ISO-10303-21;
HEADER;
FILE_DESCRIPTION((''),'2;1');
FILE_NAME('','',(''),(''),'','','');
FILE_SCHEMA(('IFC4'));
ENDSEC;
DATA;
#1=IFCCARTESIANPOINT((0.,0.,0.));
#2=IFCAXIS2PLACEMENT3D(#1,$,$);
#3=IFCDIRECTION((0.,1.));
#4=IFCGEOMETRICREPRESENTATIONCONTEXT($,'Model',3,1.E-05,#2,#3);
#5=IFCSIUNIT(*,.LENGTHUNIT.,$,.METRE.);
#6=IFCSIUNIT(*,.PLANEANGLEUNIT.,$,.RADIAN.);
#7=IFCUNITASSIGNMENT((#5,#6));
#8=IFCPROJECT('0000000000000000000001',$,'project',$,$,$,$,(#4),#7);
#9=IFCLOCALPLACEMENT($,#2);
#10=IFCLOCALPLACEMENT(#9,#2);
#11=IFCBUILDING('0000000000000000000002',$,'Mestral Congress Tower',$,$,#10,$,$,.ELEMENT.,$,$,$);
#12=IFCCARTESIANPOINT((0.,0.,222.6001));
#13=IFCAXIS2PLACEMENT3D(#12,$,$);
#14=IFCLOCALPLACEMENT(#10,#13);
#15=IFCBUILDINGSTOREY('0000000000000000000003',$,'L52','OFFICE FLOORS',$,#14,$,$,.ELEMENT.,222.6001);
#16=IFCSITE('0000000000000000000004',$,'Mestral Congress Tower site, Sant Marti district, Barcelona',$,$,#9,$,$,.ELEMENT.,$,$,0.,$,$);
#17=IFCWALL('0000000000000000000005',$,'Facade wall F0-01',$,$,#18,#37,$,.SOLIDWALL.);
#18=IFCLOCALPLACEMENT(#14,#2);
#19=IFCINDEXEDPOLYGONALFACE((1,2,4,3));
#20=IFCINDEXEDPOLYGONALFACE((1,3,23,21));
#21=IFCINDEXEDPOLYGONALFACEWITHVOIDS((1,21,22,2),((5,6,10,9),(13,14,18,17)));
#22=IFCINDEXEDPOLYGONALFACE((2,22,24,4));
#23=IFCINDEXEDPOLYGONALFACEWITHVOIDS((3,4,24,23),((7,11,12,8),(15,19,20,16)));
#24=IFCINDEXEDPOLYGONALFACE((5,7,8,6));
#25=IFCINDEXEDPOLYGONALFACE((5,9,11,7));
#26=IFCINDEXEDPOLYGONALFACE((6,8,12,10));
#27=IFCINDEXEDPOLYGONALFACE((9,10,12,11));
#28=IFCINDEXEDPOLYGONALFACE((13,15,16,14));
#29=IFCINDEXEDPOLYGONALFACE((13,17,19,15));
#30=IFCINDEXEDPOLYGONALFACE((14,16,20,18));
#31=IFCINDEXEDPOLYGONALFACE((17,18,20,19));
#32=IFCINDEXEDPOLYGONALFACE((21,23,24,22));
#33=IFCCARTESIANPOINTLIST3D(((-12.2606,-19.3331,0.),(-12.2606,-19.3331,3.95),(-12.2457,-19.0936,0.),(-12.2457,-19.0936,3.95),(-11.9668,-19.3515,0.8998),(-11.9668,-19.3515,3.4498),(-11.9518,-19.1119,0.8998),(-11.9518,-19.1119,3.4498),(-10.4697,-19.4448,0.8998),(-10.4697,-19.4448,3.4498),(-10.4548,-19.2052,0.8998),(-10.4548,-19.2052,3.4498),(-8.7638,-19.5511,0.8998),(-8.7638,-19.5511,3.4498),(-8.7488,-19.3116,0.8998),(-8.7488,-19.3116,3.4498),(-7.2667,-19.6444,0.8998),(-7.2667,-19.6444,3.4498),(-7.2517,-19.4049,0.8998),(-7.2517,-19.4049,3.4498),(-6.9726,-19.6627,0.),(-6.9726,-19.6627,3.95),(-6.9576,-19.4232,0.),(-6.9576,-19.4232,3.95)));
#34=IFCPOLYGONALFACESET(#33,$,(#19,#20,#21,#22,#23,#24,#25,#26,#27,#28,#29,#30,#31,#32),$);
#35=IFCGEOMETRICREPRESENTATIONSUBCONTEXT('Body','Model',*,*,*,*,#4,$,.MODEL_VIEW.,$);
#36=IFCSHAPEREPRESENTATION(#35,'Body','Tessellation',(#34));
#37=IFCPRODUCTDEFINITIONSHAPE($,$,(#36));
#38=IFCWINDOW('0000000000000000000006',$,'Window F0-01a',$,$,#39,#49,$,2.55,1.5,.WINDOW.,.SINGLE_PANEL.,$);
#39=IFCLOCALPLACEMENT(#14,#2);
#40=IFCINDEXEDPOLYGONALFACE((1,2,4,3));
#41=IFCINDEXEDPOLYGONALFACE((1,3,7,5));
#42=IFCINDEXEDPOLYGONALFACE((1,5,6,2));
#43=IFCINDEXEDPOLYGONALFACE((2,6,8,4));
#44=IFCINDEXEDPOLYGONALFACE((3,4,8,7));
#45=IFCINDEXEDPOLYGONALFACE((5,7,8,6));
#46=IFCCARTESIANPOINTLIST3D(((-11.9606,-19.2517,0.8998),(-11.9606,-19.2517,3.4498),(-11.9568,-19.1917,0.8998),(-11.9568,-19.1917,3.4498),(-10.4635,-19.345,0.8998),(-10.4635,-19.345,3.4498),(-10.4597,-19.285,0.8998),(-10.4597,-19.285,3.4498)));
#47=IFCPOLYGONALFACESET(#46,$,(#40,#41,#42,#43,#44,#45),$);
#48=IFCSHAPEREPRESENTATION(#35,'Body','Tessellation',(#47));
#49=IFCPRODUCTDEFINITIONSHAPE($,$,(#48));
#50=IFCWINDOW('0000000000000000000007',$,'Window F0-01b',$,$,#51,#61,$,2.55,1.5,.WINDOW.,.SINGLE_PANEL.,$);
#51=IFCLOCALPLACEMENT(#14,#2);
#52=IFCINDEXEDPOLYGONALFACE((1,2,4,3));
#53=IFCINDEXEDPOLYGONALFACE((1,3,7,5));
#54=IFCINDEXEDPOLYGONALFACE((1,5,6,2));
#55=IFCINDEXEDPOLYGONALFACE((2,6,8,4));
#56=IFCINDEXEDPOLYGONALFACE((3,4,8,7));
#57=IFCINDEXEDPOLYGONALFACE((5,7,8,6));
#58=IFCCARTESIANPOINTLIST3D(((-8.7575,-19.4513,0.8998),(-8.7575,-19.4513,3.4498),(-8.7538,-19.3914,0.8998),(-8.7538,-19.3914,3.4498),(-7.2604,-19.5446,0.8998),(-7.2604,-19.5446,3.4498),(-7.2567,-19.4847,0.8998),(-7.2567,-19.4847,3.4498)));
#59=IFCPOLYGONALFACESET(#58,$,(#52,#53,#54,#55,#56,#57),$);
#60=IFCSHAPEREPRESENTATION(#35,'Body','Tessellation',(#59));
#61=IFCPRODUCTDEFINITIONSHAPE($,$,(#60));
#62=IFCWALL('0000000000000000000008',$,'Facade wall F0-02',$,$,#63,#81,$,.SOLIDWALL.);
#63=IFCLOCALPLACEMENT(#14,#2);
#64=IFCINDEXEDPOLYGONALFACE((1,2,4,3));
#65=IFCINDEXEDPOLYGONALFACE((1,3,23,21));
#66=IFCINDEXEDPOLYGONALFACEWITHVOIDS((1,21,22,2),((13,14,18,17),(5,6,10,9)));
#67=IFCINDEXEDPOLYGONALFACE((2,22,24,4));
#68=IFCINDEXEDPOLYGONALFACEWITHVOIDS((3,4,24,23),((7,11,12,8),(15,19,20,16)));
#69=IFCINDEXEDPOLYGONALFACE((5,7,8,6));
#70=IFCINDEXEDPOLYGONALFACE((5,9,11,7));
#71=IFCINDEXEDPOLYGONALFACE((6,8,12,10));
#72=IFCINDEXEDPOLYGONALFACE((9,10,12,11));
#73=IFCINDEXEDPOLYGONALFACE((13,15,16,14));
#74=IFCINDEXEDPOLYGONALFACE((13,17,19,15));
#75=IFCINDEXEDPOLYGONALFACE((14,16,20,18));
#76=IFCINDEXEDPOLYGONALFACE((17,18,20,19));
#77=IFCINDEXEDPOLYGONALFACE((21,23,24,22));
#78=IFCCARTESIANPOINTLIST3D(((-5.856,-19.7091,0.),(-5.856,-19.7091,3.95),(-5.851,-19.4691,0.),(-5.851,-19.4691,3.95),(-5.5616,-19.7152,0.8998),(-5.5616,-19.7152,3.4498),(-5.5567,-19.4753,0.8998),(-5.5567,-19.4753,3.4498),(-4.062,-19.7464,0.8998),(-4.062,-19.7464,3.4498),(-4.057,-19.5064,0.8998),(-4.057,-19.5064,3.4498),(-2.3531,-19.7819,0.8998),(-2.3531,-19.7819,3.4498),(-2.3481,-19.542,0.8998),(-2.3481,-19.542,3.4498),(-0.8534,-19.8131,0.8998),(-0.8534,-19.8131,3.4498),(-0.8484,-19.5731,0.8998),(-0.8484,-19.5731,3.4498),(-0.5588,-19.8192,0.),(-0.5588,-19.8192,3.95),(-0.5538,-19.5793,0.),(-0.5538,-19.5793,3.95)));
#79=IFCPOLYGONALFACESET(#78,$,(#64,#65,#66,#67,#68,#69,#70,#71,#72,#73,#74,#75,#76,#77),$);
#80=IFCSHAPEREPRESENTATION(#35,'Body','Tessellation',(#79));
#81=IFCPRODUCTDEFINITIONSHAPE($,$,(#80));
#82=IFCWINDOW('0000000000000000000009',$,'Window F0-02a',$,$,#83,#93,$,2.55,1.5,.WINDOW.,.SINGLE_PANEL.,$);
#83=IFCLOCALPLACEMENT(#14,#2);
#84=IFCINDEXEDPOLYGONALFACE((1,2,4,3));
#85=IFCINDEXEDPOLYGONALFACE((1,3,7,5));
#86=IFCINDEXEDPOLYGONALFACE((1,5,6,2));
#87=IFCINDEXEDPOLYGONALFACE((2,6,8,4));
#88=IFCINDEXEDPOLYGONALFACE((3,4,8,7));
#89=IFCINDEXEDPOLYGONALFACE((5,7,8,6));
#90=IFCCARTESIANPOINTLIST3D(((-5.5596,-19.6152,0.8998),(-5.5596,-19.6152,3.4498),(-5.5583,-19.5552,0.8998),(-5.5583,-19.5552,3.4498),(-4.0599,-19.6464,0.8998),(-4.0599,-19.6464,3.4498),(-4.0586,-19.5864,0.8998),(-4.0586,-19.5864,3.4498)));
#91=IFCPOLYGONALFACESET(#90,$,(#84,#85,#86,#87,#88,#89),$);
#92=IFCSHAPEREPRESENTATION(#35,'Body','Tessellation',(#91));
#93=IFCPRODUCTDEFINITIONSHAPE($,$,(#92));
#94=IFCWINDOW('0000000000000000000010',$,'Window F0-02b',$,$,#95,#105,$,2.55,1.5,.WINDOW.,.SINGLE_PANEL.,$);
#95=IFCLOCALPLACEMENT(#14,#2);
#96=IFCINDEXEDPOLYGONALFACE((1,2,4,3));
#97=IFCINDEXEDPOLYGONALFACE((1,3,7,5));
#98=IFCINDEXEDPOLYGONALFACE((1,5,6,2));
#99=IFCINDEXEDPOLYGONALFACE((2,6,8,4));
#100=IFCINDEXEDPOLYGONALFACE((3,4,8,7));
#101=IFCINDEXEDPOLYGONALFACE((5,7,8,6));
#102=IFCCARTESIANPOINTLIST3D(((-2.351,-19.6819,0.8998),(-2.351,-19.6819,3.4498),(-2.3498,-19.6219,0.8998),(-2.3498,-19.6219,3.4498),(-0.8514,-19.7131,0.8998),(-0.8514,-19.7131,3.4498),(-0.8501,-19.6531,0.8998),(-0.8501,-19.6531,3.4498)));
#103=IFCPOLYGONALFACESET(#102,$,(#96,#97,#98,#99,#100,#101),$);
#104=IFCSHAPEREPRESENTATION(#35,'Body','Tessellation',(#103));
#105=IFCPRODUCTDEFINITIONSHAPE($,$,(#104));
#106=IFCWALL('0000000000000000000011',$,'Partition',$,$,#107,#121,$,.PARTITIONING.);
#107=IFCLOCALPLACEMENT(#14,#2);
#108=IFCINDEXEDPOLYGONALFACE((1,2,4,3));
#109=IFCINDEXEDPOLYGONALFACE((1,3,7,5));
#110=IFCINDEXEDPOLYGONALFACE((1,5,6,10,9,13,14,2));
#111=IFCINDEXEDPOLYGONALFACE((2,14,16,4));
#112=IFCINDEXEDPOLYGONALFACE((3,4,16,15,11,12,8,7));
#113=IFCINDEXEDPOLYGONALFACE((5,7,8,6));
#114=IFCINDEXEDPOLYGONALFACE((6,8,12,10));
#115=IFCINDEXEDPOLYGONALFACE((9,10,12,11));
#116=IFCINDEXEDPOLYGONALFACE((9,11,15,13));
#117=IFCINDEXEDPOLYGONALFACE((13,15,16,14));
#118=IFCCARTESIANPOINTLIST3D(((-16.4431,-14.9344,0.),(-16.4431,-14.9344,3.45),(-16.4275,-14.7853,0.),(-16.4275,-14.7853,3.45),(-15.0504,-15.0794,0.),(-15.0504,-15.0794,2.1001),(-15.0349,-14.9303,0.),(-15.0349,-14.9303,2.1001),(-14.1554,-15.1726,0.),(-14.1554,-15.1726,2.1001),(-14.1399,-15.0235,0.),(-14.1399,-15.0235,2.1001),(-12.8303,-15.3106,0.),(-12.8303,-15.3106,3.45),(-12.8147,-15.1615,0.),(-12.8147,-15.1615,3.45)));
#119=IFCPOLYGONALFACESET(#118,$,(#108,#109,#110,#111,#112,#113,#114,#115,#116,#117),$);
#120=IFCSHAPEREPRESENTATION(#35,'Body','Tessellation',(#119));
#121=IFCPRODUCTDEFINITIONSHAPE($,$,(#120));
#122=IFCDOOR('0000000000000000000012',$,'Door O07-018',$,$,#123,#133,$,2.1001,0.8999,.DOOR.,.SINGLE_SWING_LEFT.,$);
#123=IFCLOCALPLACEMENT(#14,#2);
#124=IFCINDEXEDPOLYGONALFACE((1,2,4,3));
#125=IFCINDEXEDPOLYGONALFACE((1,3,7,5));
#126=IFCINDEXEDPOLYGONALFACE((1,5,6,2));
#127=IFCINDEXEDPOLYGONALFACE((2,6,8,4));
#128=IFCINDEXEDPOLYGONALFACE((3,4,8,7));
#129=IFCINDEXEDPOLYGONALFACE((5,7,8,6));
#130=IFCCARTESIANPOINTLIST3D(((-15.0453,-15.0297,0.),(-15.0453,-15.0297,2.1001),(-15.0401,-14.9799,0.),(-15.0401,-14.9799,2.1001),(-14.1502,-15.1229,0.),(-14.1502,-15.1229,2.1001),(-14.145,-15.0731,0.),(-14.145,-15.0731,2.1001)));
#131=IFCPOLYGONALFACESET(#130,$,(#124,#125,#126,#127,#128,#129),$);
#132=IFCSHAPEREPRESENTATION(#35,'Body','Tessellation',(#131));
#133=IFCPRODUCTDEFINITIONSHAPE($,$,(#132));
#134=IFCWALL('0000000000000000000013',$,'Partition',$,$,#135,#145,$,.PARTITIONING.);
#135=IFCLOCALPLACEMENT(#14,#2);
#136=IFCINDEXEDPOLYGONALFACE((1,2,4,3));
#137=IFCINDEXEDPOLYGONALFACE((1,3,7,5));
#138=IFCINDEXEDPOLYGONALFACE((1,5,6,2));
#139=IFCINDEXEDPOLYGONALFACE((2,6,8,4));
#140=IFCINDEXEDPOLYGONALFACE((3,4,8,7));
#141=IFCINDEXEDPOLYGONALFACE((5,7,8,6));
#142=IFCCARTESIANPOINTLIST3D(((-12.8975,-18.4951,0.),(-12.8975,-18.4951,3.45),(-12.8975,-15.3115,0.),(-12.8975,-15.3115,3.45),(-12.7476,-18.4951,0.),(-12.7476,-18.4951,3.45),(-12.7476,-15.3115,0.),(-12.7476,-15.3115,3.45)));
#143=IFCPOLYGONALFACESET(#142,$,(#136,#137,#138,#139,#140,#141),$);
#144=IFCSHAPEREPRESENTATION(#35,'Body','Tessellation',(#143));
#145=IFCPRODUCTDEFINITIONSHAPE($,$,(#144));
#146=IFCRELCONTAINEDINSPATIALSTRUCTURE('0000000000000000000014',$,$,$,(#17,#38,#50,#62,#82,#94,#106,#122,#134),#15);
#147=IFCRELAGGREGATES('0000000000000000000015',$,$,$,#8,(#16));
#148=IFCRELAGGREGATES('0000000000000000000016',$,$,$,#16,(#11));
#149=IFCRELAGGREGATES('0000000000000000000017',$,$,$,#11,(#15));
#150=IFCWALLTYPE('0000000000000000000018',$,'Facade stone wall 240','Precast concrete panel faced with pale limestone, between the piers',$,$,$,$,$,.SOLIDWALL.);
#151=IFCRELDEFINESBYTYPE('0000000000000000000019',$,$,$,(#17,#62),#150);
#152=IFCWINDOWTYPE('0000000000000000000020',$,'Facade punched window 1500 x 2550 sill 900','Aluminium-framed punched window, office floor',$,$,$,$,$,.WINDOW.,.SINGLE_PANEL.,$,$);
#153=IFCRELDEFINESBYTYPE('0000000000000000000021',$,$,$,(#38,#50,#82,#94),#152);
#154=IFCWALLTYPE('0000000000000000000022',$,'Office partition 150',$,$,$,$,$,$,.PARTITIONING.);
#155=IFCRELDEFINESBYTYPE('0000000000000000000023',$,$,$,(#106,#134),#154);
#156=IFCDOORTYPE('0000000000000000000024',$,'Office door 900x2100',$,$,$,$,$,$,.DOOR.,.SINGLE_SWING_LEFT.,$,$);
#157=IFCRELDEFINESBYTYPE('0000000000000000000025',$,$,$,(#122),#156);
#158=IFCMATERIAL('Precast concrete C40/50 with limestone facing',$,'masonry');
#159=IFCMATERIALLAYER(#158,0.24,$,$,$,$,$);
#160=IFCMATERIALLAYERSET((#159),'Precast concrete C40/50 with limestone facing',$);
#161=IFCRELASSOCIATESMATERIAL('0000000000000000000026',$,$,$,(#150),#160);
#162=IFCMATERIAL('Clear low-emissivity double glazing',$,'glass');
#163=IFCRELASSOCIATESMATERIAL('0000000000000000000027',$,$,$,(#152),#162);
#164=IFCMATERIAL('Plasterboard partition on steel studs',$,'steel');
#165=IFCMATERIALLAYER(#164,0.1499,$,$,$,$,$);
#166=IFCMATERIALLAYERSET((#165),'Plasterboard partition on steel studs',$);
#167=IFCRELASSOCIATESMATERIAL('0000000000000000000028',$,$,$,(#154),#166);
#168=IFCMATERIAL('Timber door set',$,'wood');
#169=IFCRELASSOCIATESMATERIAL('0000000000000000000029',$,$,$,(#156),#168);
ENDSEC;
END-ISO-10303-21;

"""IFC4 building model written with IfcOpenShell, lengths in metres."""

from ifc_helpers import new_model, si_unit, direction, frame, frame_2d, origin, place, context, subcontext, project, spatial, rectangle, extrude, material, layer, layer_set, type_object, element, fill, save


model = new_model("IFC4")

# Units and contexts
model_context = context("Model", 3, precision=1e-05, world=origin(), true_north=direction((0.0, 1.0)))
body_context = subcontext(model_context, "Body", "Model", "MODEL_VIEW")
ifc_project = project(units=[si_unit("LENGTHUNIT", "METRE"), si_unit("PLANEANGLEUNIT", "RADIAN")], contexts=[model_context])

# Site, building, storey
site_placement = place(None, origin())
site = spatial("IfcSite", under=ifc_project, at=site_placement, Name="Mestral Congress Tower site, Sant Marti district, Barcelona", CompositionType="ELEMENT", RefElevation=0.0)
building_placement = place(site_placement, origin())
building = spatial("IfcBuilding", under=site, at=building_placement, Name="Mestral Congress Tower", CompositionType="ELEMENT")
storey_placement = place(building_placement, frame((0.0, 0.0, 222.6001)))
storey = spatial("IfcBuildingStorey", under=building, at=storey_placement, Name="L52", Description="OFFICE FLOORS", CompositionType="ELEMENT", Elevation=222.6001)

# Walls, openings, windows
ifc_material_1 = material(Name="Precast concrete C40/50 with limestone facing", Category="masonry")
ifc_layer_1 = layer(ifc_material_1, 0.24)
ifc_layer_set_1 = layer_set([ifc_layer_1], Name="Precast concrete C40/50 with limestone facing")
wall_type_1 = type_object("IfcWallType", Name="Facade stone wall 240", Description="Precast concrete panel faced with pale limestone, between the piers", PredefinedType="SOLIDWALL", material=ifc_layer_set_1)
wall_1_placement = place(storey_placement, frame((-12.2532, -19.2134, 0.0), z_axis=(0.0, 0.0, 1.0), x_axis=(0.998063, -0.062206, 0.0)))
wall_1 = element("IfcWall", 1, at=wall_1_placement, inside=storey, type_object=wall_type_1, Name="Facade wall F0-01", PredefinedType="SOLIDWALL", context=body_context, shape_type="SweptSolid", body=[
    extrude(rectangle(XDim=5.2983, YDim=0.24, at=frame_2d((2.6492, 0.0))), origin(), (0.0, 0.0, 1.0), 3.95),
])
opening_1_placement = place(wall_1_placement, frame((0.2944, 0.0, 0.8999)))
opening_1 = element("IfcOpeningElement", 2, at=opening_1_placement, cuts=wall_1, PredefinedType="OPENING", context=body_context, shape_type="SweptSolid", body=[
    extrude(rectangle(XDim=1.5, YDim=2.55, at=frame_2d((0.75, 1.2749))), frame((0.0, 0.1299, 0.0), z_axis=(0.0, -1.0, 0.0), x_axis=(1.0, 0.0, 0.0)), (0.0, 0.0, 1.0), 0.26),
])
opening_2_placement = place(wall_1_placement, frame((3.5037, 0.0, 0.8999)))
opening_2 = element("IfcOpeningElement", 3, at=opening_2_placement, cuts=wall_1, PredefinedType="OPENING", context=body_context, shape_type="SweptSolid", body=[
    extrude(rectangle(XDim=1.5, YDim=2.55, at=frame_2d((0.75, 1.2749))), frame((0.0, 0.1299, 0.0), z_axis=(0.0, -1.0, 0.0), x_axis=(1.0, 0.0, 0.0)), (0.0, 0.0, 1.0), 0.26),
])
ifc_material_2 = material(Name="Clear low-emissivity double glazing", Category="glass")
window_type = type_object("IfcWindowType", Name="Facade punched window 1500 x 2550 sill 900", Description="Aluminium-framed punched window, office floor", PartitioningType="SINGLE_PANEL", PredefinedType="WINDOW", material=ifc_material_2)
window_1_placement = place(opening_1_placement, origin())
window_1 = element("IfcWindow", 4, at=window_1_placement, inside=storey, type_object=window_type, Name="Window F0-01a", OverallHeight=2.55, OverallWidth=1.5, PartitioningType="SINGLE_PANEL", PredefinedType="WINDOW", context=body_context, shape_type="SweptSolid", body=[
    extrude(rectangle(XDim=1.5, YDim=2.55, at=frame_2d((0.75, 1.2749))), frame((0.0, 0.04, 0.0), z_axis=(0.0, -1.0, 0.0), x_axis=(1.0, 0.0, 0.0)), (0.0, 0.0, 1.0), 0.0601),
])
fill(opening_1, window_1)
window_2_placement = place(opening_2_placement, origin())
window_2 = element("IfcWindow", 5, at=window_2_placement, inside=storey, type_object=window_type, Name="Window F0-01b", OverallHeight=2.55, OverallWidth=1.5, PartitioningType="SINGLE_PANEL", PredefinedType="WINDOW", context=body_context, shape_type="SweptSolid", body=[
    extrude(rectangle(XDim=1.5, YDim=2.55, at=frame_2d((0.75, 1.2749))), frame((0.0, 0.04, 0.0), z_axis=(0.0, -1.0, 0.0), x_axis=(1.0, 0.0, 0.0)), (0.0, 0.0, 1.0), 0.0601),
])
fill(opening_2, window_2)
wall_2_placement = place(storey_placement, frame((-5.8535, -19.5891, 0.0), z_axis=(0.0, 0.0, 1.0), x_axis=(0.999784, -0.020782, 0.0)))
wall_2 = element("IfcWall", 6, at=wall_2_placement, inside=storey, type_object=wall_type_1, Name="Facade wall F0-02", PredefinedType="SOLIDWALL", context=body_context, shape_type="SweptSolid", body=[
    extrude(rectangle(XDim=5.2983, YDim=0.24, at=frame_2d((2.6492, 0.0))), origin(), (0.0, 0.0, 1.0), 3.95),
])
opening_3_placement = place(wall_2_placement, frame((0.2944, 0.0, 0.8999)))
opening_3 = element("IfcOpeningElement", 7, at=opening_3_placement, cuts=wall_2, PredefinedType="OPENING", context=body_context, shape_type="SweptSolid", body=[
    extrude(rectangle(XDim=1.5, YDim=2.55, at=frame_2d((0.75, 1.2749))), frame((0.0, 0.1299, 0.0), z_axis=(0.0, -1.0, 0.0), x_axis=(1.0, 0.0, 0.0)), (0.0, 0.0, 1.0), 0.26),
])
opening_4_placement = place(wall_2_placement, frame((3.5037, 0.0, 0.8999)))
opening_4 = element("IfcOpeningElement", 8, at=opening_4_placement, cuts=wall_2, PredefinedType="OPENING", context=body_context, shape_type="SweptSolid", body=[
    extrude(rectangle(XDim=1.5, YDim=2.55, at=frame_2d((0.75, 1.2749))), frame((0.0, 0.1299, 0.0), z_axis=(0.0, -1.0, 0.0), x_axis=(1.0, 0.0, 0.0)), (0.0, 0.0, 1.0), 0.26),
])
window_3_placement = place(opening_3_placement, origin())
window_3 = element("IfcWindow", 9, at=window_3_placement, inside=storey, type_object=window_type, Name="Window F0-02a", OverallHeight=2.55, OverallWidth=1.5, PartitioningType="SINGLE_PANEL", PredefinedType="WINDOW", context=body_context, shape_type="SweptSolid", body=[
    extrude(rectangle(XDim=1.5, YDim=2.55, at=frame_2d((0.75, 1.2749))), frame((0.0, 0.04, 0.0), z_axis=(0.0, -1.0, 0.0), x_axis=(1.0, 0.0, 0.0)), (0.0, 0.0, 1.0), 0.0601),
])
fill(opening_3, window_3)
window_4_placement = place(opening_4_placement, origin())
window_4 = element("IfcWindow", 10, at=window_4_placement, inside=storey, type_object=window_type, Name="Window F0-02b", OverallHeight=2.55, OverallWidth=1.5, PartitioningType="SINGLE_PANEL", PredefinedType="WINDOW", context=body_context, shape_type="SweptSolid", body=[
    extrude(rectangle(XDim=1.5, YDim=2.55, at=frame_2d((0.75, 1.2749))), frame((0.0, 0.04, 0.0), z_axis=(0.0, -1.0, 0.0), x_axis=(1.0, 0.0, 0.0)), (0.0, 0.0, 1.0), 0.0601),
])
fill(opening_4, window_4)

# Wall, opening, door
ifc_material_3 = material(Name="Plasterboard partition on steel studs", Category="steel")
ifc_layer_2 = layer(ifc_material_3, 0.1499)
ifc_layer_set_2 = layer_set([ifc_layer_2], Name="Plasterboard partition on steel studs")
wall_type_2 = type_object("IfcWallType", Name="Office partition 150", PredefinedType="PARTITIONING", material=ifc_layer_set_2)
wall_3_placement = place(storey_placement, frame((-12.8225, -15.2361, 0.0), z_axis=(0.0, 0.0, 1.0), x_axis=(-0.994622, 0.103576, 0.0)))
wall_3 = element("IfcWall", 11, at=wall_3_placement, inside=storey, type_object=wall_type_2, Name="Partition", PredefinedType="PARTITIONING", context=body_context, shape_type="SweptSolid", body=[
    extrude(rectangle(XDim=3.6323, YDim=0.1499, at=frame_2d((1.8162, 0.0))), origin(), (0.0, 0.0, 1.0), 3.45),
])
opening_5_placement = place(wall_3_placement, frame((1.3323, 0.0, 0.0)))
opening_5 = element("IfcOpeningElement", 12, at=opening_5_placement, cuts=wall_3, PredefinedType="OPENING", context=body_context, shape_type="SweptSolid", body=[
    extrude(rectangle(XDim=0.8999, YDim=2.1001, at=frame_2d((0.45, 1.05))), frame((0.0, 0.085, 0.0), z_axis=(0.0, -1.0, 0.0), x_axis=(1.0, 0.0, 0.0)), (0.0, 0.0, 1.0), 0.1699),
])
ifc_material_4 = material(Name="Timber door set", Category="wood")
door_type_1 = type_object("IfcDoorType", Name="Office door 900x2100", OperationType="SINGLE_SWING_LEFT", PredefinedType="DOOR", material=ifc_material_4)
door_1_placement = place(opening_5_placement, origin())
door_1 = element("IfcDoor", 13, at=door_1_placement, inside=storey, type_object=door_type_1, Name="Door O07-018", OperationType="SINGLE_SWING_LEFT", OverallHeight=2.1001, OverallWidth=0.8999, PredefinedType="DOOR", context=body_context, shape_type="SweptSolid", body=[
    extrude(rectangle(XDim=0.8999, YDim=2.1001, at=frame_2d((0.45, 1.05))), frame((0.0, 0.0249, 0.0), z_axis=(0.0, -1.0, 0.0), x_axis=(1.0, 0.0, 0.0)), (0.0, 0.0, 1.0), 0.05),
])
fill(opening_5, door_1)

# Wall
wall_4_placement = place(storey_placement, frame((-12.8225, -15.3115, 0.0), z_axis=(0.0, 0.0, 1.0), x_axis=(0.0, -1.0, 0.0)))
element("IfcWall", 14, at=wall_4_placement, inside=storey, type_object=wall_type_2, Name="Partition", PredefinedType="PARTITIONING", context=body_context, shape_type="SweptSolid", body=[
    extrude(rectangle(XDim=3.1836, YDim=0.1499, at=frame_2d((1.5918, 0.0))), origin(), (0.0, 0.0, 1.0), 3.45),
])

save(model, "model.ifc")
